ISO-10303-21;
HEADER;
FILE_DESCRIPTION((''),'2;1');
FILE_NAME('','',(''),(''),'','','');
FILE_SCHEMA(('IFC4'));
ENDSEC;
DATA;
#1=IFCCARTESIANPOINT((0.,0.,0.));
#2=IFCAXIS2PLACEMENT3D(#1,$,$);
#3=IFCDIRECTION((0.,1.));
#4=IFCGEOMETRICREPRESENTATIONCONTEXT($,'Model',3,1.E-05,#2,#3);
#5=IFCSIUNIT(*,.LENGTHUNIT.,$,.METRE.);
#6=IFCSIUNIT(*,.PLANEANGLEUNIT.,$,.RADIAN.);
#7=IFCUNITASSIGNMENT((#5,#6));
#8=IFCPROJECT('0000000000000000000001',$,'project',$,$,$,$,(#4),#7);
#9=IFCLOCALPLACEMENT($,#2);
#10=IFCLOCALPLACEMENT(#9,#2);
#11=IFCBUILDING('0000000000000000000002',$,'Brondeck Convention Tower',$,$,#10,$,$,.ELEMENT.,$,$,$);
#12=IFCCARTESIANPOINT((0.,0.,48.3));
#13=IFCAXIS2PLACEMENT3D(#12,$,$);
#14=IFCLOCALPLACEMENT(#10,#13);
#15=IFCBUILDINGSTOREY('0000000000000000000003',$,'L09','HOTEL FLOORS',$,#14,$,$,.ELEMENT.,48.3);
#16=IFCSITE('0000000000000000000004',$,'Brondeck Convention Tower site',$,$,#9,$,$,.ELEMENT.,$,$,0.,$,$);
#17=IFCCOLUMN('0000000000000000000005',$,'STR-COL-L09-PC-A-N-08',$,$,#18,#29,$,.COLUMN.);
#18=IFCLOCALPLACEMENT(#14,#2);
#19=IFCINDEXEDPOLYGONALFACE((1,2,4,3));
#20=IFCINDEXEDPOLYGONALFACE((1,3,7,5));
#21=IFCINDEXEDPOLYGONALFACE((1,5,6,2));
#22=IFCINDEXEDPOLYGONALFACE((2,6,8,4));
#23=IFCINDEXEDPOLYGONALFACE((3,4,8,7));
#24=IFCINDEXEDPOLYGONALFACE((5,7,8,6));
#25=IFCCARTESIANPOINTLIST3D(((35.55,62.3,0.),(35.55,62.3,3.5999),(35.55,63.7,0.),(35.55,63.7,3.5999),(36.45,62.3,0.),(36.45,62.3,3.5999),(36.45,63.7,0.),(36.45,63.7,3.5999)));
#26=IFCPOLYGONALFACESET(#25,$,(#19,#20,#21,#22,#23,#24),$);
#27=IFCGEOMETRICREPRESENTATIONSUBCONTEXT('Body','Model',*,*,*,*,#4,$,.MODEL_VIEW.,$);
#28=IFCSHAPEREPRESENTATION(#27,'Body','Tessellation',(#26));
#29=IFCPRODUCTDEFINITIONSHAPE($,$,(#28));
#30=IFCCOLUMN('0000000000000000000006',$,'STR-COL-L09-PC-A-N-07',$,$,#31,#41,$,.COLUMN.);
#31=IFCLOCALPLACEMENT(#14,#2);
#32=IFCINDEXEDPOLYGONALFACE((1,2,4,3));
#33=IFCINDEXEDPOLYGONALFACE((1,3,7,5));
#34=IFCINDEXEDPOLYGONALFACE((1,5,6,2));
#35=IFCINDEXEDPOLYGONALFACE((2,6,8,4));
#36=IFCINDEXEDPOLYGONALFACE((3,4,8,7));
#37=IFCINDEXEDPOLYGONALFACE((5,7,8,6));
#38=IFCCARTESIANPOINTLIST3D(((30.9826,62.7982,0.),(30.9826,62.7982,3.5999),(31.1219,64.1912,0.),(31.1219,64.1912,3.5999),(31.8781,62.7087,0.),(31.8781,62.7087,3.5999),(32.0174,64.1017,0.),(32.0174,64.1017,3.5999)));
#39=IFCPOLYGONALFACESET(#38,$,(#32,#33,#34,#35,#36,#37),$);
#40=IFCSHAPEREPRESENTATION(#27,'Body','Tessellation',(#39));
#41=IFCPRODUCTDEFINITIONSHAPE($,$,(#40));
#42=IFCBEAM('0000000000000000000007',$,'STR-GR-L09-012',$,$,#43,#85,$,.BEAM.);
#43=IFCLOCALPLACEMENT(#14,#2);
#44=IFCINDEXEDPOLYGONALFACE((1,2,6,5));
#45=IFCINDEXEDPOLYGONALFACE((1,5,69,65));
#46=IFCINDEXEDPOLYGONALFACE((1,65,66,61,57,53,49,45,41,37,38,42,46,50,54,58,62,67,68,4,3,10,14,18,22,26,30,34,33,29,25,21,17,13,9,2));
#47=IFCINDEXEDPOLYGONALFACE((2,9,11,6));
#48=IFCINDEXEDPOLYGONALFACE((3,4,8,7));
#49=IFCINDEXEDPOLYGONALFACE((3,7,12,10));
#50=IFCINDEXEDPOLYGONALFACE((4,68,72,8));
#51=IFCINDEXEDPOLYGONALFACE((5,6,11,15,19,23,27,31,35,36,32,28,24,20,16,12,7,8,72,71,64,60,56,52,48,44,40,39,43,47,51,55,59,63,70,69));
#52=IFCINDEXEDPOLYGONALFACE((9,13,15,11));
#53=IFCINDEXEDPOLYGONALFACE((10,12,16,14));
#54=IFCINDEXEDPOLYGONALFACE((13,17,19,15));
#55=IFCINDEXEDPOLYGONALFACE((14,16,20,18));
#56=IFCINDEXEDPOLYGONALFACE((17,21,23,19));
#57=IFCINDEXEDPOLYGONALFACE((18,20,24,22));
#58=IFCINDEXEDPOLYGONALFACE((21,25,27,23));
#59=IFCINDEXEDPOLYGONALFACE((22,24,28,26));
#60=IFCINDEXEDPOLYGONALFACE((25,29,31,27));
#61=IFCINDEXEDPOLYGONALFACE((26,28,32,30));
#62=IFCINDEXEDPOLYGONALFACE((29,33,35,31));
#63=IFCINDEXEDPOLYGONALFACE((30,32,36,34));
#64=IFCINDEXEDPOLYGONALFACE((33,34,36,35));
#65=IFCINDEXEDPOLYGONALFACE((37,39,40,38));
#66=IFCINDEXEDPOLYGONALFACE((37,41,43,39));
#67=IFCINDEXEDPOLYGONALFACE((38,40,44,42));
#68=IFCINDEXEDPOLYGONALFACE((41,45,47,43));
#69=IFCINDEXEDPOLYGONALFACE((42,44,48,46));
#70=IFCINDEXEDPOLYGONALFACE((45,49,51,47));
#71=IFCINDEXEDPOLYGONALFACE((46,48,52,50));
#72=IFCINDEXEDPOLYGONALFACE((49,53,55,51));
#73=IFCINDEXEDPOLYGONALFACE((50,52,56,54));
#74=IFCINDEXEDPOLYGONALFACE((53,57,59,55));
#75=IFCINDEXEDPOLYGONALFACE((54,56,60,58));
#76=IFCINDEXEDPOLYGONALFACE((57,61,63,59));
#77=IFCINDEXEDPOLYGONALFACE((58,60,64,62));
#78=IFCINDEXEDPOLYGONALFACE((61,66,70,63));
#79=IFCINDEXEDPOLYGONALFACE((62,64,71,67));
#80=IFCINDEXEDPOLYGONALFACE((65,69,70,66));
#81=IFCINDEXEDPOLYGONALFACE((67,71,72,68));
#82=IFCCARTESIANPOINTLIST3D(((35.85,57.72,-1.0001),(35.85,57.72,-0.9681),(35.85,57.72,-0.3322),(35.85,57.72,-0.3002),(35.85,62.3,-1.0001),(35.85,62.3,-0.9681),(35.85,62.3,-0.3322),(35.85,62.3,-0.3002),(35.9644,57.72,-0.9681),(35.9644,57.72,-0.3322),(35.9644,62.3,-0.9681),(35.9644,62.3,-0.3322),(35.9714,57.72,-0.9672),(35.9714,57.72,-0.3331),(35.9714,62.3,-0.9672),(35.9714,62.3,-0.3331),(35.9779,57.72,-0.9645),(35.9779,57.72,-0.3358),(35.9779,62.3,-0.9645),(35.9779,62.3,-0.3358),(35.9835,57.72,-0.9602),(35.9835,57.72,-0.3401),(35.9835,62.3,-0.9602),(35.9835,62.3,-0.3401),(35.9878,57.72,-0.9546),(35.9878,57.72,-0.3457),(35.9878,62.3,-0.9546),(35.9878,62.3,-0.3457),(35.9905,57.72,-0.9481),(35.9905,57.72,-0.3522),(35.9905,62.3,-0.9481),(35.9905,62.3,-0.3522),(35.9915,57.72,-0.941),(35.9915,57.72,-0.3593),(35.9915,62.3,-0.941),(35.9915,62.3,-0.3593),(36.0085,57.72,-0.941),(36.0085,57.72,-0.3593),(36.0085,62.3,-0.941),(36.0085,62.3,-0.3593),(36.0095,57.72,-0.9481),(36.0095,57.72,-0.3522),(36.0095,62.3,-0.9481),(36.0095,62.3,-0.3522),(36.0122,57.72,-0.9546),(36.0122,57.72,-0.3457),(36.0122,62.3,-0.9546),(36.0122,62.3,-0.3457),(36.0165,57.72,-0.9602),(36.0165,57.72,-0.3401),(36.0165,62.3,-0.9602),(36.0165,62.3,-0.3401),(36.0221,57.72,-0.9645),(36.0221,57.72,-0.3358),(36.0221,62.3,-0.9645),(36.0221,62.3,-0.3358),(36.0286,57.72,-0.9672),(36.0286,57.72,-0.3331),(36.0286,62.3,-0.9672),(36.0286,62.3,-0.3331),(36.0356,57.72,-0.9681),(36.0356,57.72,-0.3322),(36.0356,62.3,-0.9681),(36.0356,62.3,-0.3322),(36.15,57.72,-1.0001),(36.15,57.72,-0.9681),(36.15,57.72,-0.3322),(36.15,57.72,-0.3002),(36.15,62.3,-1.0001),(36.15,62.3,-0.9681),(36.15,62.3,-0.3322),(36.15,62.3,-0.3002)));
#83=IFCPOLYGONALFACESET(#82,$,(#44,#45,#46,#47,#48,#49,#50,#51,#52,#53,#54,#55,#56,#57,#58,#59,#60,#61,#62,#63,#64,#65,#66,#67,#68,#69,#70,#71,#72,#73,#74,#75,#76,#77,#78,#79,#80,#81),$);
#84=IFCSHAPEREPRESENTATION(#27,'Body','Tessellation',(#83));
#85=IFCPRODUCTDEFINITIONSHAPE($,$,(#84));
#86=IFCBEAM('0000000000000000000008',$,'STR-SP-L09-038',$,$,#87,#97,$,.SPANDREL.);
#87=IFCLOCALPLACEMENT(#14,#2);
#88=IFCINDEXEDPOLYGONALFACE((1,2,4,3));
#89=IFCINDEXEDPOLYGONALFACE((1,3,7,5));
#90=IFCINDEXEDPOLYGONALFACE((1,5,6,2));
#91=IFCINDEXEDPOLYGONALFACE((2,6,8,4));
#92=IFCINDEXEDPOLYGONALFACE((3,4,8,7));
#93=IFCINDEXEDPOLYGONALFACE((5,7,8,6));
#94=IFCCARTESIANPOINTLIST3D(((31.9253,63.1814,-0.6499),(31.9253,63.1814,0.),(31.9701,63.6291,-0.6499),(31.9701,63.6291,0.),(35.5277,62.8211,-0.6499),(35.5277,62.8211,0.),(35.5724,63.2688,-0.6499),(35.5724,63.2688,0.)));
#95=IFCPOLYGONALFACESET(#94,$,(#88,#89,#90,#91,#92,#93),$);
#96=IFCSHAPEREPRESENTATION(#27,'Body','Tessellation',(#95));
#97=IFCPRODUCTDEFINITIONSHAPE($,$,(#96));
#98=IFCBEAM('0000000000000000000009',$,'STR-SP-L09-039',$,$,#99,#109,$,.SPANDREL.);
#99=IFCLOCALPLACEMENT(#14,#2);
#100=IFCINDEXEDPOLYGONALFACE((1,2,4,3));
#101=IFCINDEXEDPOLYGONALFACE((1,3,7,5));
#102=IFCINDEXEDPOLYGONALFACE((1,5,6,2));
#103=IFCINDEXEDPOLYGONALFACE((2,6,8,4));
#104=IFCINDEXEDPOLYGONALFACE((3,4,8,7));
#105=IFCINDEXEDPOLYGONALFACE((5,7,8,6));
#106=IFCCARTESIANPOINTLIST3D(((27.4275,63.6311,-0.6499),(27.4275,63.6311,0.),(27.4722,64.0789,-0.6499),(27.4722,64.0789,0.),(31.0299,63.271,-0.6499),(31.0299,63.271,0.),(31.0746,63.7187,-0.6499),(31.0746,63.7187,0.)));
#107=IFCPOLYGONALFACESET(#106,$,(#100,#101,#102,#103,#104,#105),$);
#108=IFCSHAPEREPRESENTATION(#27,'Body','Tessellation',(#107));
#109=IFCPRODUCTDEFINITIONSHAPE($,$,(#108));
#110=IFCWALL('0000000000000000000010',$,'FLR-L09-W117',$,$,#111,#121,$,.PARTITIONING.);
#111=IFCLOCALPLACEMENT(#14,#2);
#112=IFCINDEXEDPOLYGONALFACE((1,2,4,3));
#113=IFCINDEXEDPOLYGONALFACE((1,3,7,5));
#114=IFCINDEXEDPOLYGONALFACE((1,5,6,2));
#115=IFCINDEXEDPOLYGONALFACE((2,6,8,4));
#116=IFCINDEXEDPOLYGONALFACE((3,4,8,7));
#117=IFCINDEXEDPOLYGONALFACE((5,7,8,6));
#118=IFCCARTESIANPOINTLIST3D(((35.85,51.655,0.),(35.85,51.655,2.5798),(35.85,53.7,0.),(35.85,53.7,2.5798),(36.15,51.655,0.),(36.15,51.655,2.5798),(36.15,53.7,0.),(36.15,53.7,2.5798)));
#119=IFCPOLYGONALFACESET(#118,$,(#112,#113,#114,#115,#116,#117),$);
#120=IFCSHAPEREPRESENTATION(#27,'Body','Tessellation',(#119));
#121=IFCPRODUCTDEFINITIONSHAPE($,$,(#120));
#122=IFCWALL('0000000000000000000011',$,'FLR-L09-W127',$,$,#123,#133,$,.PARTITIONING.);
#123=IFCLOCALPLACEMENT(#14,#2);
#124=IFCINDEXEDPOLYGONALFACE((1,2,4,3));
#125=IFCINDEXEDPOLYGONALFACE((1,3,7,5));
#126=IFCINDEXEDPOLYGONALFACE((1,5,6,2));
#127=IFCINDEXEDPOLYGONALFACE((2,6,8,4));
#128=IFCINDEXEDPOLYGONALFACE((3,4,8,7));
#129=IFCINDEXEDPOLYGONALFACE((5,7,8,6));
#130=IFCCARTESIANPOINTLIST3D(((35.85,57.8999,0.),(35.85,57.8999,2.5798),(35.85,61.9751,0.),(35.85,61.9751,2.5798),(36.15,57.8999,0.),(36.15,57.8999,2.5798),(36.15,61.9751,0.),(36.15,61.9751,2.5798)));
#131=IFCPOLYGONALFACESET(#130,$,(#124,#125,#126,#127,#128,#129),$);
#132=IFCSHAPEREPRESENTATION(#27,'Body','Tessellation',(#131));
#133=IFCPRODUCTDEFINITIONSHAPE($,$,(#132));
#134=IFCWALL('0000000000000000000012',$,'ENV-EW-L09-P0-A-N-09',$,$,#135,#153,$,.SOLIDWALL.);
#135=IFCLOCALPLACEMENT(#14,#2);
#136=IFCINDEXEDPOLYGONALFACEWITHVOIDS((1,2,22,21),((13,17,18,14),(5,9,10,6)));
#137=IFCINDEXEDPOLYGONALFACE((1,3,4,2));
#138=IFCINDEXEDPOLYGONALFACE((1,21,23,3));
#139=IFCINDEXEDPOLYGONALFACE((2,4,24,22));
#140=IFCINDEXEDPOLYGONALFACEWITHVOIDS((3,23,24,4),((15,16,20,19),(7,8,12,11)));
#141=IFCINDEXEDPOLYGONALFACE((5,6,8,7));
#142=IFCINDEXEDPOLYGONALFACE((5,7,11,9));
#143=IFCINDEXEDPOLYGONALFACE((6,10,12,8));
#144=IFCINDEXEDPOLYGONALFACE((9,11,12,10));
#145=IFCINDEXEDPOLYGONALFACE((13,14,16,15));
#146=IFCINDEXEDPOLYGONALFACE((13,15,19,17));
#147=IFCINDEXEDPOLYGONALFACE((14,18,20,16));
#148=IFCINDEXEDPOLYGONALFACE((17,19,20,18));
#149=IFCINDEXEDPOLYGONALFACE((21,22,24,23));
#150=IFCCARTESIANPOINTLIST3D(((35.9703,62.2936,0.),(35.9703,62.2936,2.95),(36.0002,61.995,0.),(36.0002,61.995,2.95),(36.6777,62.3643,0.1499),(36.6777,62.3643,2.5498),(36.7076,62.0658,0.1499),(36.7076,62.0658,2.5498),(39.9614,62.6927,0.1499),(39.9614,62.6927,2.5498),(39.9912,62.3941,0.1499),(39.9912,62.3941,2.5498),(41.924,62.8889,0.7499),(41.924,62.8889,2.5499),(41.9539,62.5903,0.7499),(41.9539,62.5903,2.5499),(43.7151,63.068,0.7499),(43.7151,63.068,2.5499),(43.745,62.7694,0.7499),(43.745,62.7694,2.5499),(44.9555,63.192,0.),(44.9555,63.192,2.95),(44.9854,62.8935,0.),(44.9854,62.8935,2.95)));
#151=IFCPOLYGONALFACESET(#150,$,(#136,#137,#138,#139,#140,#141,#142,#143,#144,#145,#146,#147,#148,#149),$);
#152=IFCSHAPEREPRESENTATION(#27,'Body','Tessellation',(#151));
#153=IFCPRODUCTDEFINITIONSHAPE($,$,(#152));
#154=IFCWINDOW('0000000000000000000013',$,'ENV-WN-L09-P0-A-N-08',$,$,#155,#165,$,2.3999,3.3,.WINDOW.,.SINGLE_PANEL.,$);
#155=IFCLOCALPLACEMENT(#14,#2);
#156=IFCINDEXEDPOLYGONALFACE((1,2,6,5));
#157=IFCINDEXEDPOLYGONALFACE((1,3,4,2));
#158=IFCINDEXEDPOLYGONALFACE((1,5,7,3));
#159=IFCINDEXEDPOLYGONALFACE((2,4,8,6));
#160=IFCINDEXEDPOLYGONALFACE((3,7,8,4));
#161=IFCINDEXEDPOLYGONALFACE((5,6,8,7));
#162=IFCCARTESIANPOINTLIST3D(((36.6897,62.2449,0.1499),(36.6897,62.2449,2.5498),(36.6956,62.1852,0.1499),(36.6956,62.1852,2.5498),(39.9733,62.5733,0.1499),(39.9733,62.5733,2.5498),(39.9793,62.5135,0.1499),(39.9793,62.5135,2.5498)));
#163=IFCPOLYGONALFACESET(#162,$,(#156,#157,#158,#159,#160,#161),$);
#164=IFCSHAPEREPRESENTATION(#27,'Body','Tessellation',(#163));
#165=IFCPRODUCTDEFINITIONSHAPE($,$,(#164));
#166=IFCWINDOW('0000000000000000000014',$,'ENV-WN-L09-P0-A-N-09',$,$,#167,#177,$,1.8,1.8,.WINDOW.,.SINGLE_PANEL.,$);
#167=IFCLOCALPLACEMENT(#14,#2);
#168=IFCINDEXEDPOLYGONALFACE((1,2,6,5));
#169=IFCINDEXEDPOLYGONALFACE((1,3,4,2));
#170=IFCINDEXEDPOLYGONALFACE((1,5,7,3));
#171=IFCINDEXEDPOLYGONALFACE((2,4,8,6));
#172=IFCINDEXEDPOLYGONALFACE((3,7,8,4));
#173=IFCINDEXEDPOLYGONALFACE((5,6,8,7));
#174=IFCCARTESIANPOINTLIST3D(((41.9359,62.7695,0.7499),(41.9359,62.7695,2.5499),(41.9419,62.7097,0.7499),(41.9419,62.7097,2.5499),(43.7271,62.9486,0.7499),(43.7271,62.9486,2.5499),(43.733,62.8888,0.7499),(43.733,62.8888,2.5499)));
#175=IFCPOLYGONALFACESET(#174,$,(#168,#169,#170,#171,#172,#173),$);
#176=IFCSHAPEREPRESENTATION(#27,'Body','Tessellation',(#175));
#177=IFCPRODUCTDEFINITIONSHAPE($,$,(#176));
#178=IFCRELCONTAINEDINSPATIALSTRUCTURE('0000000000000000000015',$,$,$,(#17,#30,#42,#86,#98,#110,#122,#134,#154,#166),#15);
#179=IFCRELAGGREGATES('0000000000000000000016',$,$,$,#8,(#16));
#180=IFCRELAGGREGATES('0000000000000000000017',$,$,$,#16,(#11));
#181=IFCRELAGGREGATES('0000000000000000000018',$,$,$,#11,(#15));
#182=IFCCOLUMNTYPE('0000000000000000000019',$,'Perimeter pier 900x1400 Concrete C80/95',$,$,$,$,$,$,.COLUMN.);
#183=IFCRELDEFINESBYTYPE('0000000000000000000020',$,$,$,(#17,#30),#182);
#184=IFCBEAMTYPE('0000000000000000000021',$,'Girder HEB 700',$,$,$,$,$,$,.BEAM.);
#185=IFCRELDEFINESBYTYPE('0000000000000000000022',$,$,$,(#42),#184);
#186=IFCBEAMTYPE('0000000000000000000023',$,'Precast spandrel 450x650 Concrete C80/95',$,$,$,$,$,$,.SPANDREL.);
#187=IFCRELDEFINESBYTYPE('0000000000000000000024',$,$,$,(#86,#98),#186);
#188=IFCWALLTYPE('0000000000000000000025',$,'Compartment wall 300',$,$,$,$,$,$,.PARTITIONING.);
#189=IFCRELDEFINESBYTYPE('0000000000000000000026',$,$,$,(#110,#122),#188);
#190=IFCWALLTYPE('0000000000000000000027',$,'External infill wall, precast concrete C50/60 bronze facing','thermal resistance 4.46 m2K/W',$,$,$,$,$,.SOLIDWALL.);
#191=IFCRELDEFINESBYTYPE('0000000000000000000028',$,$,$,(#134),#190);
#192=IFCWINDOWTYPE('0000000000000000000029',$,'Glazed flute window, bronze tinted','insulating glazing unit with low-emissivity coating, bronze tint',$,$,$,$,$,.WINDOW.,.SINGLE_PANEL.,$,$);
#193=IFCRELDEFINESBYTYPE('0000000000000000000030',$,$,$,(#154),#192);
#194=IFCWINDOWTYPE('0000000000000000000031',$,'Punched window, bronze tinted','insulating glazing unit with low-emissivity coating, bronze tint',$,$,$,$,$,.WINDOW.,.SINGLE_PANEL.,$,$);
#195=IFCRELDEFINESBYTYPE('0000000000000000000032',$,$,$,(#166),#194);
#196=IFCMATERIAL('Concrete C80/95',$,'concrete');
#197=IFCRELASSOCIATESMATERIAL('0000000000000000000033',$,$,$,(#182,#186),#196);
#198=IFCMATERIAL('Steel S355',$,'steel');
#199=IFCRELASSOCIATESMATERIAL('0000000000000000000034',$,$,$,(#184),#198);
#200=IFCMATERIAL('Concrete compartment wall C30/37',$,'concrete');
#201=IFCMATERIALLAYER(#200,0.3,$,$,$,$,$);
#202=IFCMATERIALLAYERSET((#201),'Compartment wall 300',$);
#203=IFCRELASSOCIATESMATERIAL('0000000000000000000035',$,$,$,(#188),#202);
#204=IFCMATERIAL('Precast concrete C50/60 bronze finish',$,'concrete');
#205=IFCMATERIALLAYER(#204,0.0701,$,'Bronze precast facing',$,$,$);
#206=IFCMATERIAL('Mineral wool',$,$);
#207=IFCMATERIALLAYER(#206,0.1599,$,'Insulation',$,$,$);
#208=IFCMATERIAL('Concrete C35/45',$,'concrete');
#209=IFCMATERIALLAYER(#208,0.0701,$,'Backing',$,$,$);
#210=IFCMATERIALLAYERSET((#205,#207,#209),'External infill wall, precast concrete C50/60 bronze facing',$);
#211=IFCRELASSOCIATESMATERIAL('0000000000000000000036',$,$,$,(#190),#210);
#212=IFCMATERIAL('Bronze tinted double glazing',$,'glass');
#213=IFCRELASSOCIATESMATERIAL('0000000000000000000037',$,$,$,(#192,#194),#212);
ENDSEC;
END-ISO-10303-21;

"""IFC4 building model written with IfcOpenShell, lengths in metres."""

from ifc_helpers import new_model, si_unit, direction, frame, frame_2d, origin, origin_2d, place, context, subcontext, project, spatial, rectangle, i_section, extrude, material, layer, layer_set, material_profile, profile_set, type_object, element, fill, save


model = new_model("IFC4")

# Units and contexts
model_context = context("Model", 3, precision=1e-05, world=origin(), true_north=direction((0.0, 1.0)))
body_context = subcontext(model_context, "Body", "Model", "MODEL_VIEW")
ifc_project = project(units=[si_unit("LENGTHUNIT", "METRE"), si_unit("PLANEANGLEUNIT", "RADIAN")], contexts=[model_context])

# Site, building, storey
site_placement = place(None, origin())
site = spatial("IfcSite", under=ifc_project, at=site_placement, Name="Brondeck Convention Tower site", CompositionType="ELEMENT", RefElevation=0.0)
building_placement = place(site_placement, origin())
building = spatial("IfcBuilding", under=site, at=building_placement, Name="Brondeck Convention Tower", CompositionType="ELEMENT")
storey_placement = place(building_placement, frame((0.0, 0.0, 48.3)))
storey = spatial("IfcBuildingStorey", under=building, at=storey_placement, Name="L09", Description="HOTEL FLOORS", CompositionType="ELEMENT", Elevation=48.3)

# Columns
ifc_material_1 = material(Name="Concrete C80/95", Category="concrete")
ifc_material_profile_1 = material_profile(ifc_material_1, rectangle(XDim=0.8999, YDim=1.3999, at=origin_2d()), Name="Perimeter pier 900x1400 Concrete C80/95")
ifc_profile_set_1 = profile_set([ifc_material_profile_1], Name="Concrete C80/95")
column_type = type_object("IfcColumnType", Name="Perimeter pier 900x1400 Concrete C80/95", PredefinedType="COLUMN", material=ifc_profile_set_1)
for number, where, z_axis, x_axis, name in (
    (1, (36.0, 63.0, 0.0), (0.0, 0.0, 1.0), (-1.0, 0.0, 0.0), "STR-COL-L09-PC-A-N-08"),
    (2, (31.5, 63.45, 0.0), (0.0, 0.0, 1.0), (-0.995037, 0.099504, 0.0), "STR-COL-L09-PC-A-N-07"),
):
    element("IfcColumn", number, at=place(storey_placement, frame(where, z_axis=z_axis, x_axis=x_axis)), inside=storey, type_object=column_type, Name=name, PredefinedType="COLUMN", context=body_context, shape_type="SweptSolid", body=[
        extrude(rectangle(XDim=0.8999, YDim=1.3999, at=origin_2d()), origin(), (0.0, 0.0, 1.0), 3.5999),
    ])

# Beams
ifc_material_2 = material(Name="Steel S355", Category="steel")
ifc_material_profile_2 = material_profile(ifc_material_2, i_section(OverallWidth=0.3, OverallDepth=0.7, WebThickness=0.0171, FlangeThickness=0.032, FilletRadius=0.0271, at=origin_2d()), Name="HEB 700")
ifc_profile_set_2 = profile_set([ifc_material_profile_2], Name="Steel S355")
beam_type_1 = type_object("IfcBeamType", Name="Girder HEB 700", PredefinedType="BEAM", material=ifc_profile_set_2)
beam_placement = place(storey_placement, frame((36.0, 57.72, -0.6501), z_axis=(0.0, 1.0, 0.0), x_axis=(-1.0, 0.0, 0.0)))
element("IfcBeam", 3, at=beam_placement, inside=storey, type_object=beam_type_1, Name="STR-GR-L09-012", PredefinedType="BEAM", context=body_context, shape_type="SweptSolid", body=[
    extrude(i_section(OverallWidth=0.3, OverallDepth=0.7, WebThickness=0.0171, FlangeThickness=0.032, FilletRadius=0.0271, at=origin_2d()), origin(), (0.0, 0.0, 1.0), 4.5801),
])
ifc_material_profile_3 = material_profile(ifc_material_1, rectangle(XDim=0.45, YDim=0.6499, at=origin_2d()), Name="Precast spandrel 450x650 Concrete C80/95")
ifc_profile_set_3 = profile_set([ifc_material_profile_3], Name="Concrete C80/95")
beam_type_2 = type_object("IfcBeamType", Name="Precast spandrel 450x650 Concrete C80/95", PredefinedType="SPANDREL", material=ifc_profile_set_3)
for number, where, z_axis, x_axis, name in (
    (4, (35.55, 63.0449, -0.325), (-0.995034, 0.099537, 0.0), (-0.099537, -0.995034, 0.0), "STR-SP-L09-038"),
    (5, (31.0522, 63.4949, -0.325), (-0.995041, 0.09947, 0.0), (-0.09947, -0.995041, 0.0), "STR-SP-L09-039"),
):
    element("IfcBeam", number, at=place(storey_placement, frame(where, z_axis=z_axis, x_axis=x_axis)), inside=storey, type_object=beam_type_2, Name=name, PredefinedType="SPANDREL", context=body_context, shape_type="SweptSolid", body=[
        extrude(rectangle(XDim=0.45, YDim=0.6499, at=origin_2d()), origin(), (0.0, 0.0, 1.0), 3.6204),
    ])

# Walls
ifc_material_3 = material(Name="Concrete compartment wall C30/37", Category="concrete")
ifc_layer_1 = layer(ifc_material_3, 0.3)
ifc_layer_set_1 = layer_set([ifc_layer_1], Name="Compartment wall 300")
wall_type_1 = type_object("IfcWallType", Name="Compartment wall 300", PredefinedType="PARTITIONING", material=ifc_layer_set_1)
wall_1_placement = place(storey_placement, frame((36.0, 53.7, 0.0), z_axis=(0.0, 0.0, 1.0), x_axis=(0.0, -1.0, 0.0)))
element("IfcWall", 6, at=wall_1_placement, inside=storey, type_object=wall_type_1, Name="FLR-L09-W117", PredefinedType="PARTITIONING", context=body_context, shape_type="SweptSolid", body=[
    extrude(rectangle(XDim=2.0449, YDim=0.3, at=frame_2d((1.0225, 0.0))), origin(), (0.0, 0.0, 1.0), 2.5798),
])
wall_2_placement = place(storey_placement, frame((36.0, 61.9751, 0.0), z_axis=(0.0, 0.0, 1.0), x_axis=(0.0, -1.0, 0.0)))
element("IfcWall", 7, at=wall_2_placement, inside=storey, type_object=wall_type_1, Name="FLR-L09-W127", PredefinedType="PARTITIONING", context=body_context, shape_type="SweptSolid", body=[
    extrude(rectangle(XDim=4.0752, YDim=0.3, at=frame_2d((2.0376, 0.0))), origin(), (0.0, 0.0, 1.0), 2.5798),
])

# Wall, openings, windows
ifc_material_4 = material(Name="Precast concrete C50/60 bronze finish", Category="concrete")
ifc_layer_2 = layer(ifc_material_4, 0.0701, Name="Bronze precast facing")
ifc_material_5 = material(Name="Mineral wool")
ifc_layer_3 = layer(ifc_material_5, 0.1599, Name="Insulation")
ifc_material_6 = material(Name="Concrete C35/45", Category="concrete")
ifc_layer_4 = layer(ifc_material_6, 0.0701, Name="Backing")
ifc_layer_set_2 = layer_set([ifc_layer_2, ifc_layer_3, ifc_layer_4], Name="External infill wall, precast concrete C50/60 bronze facing")
wall_type_2 = type_object("IfcWallType", Name="External infill wall, precast concrete C50/60 bronze facing", Description="thermal resistance 4.46 m2K/W", PredefinedType="SOLIDWALL", material=ifc_layer_set_2)
wall_3_placement = place(storey_placement, frame((35.9851, 62.1443, 0.0), z_axis=(0.0, 0.0, 1.0), x_axis=(0.995038, 0.099496, 0.0)))
wall_3 = element("IfcWall", 8, at=wall_3_placement, inside=storey, type_object=wall_type_2, Name="ENV-EW-L09-P0-A-N-09", PredefinedType="SOLIDWALL", context=body_context, shape_type="SweptSolid", body=[
    extrude(rectangle(XDim=9.03, YDim=0.3, at=frame_2d((4.5151, 0.0))), origin(), (0.0, 0.0, 1.0), 2.95),
])
opening_1_placement = place(wall_3_placement, frame((0.7112, 0.0, 0.1499)))
opening_1 = element("IfcOpeningElement", 9, at=opening_1_placement, cuts=wall_3, PredefinedType="OPENING", context=body_context, shape_type="SweptSolid", body=[
    extrude(rectangle(XDim=3.3, YDim=2.3999, at=frame_2d((1.6499, 1.2))), frame((0.0, 0.1599, 0.0), z_axis=(0.0, -1.0, 0.0), x_axis=(1.0, 0.0, 0.0)), (0.0, 0.0, 1.0), 0.3201),
])
opening_2_placement = place(wall_3_placement, frame((5.9836, 0.0, 0.75)))
opening_2 = element("IfcOpeningElement", 10, at=opening_2_placement, cuts=wall_3, PredefinedType="OPENING", context=body_context, shape_type="SweptSolid", body=[
    extrude(rectangle(XDim=1.8, YDim=1.8, at=frame_2d((0.8999, 0.8999))), frame((0.0, 0.1599, 0.0), z_axis=(0.0, -1.0, 0.0), x_axis=(1.0, 0.0, 0.0)), (0.0, 0.0, 1.0), 0.3201),
])
ifc_material_7 = material(Name="Bronze tinted double glazing", Category="glass")
window_type_1 = type_object("IfcWindowType", Name="Glazed flute window, bronze tinted", Description="insulating glazing unit with low-emissivity coating, bronze tint", PartitioningType="SINGLE_PANEL", PredefinedType="WINDOW", material=ifc_material_7)
window_1_placement = place(opening_1_placement, origin())
window_1 = element("IfcWindow", 11, at=window_1_placement, inside=storey, type_object=window_type_1, Name="ENV-WN-L09-P0-A-N-08", OverallHeight=2.3999, OverallWidth=3.3, PartitioningType="SINGLE_PANEL", PredefinedType="WINDOW", context=body_context, shape_type="SweptSolid", body=[
    extrude(rectangle(XDim=3.3, YDim=2.3999, at=frame_2d((1.6499, 1.2))), frame((0.0, 0.03, 0.0), z_axis=(0.0, -1.0, 0.0), x_axis=(1.0, 0.0, 0.0)), (0.0, 0.0, 1.0), 0.0601),
])
fill(opening_1, window_1)
window_type_2 = type_object("IfcWindowType", Name="Punched window, bronze tinted", Description="insulating glazing unit with low-emissivity coating, bronze tint", PartitioningType="SINGLE_PANEL", PredefinedType="WINDOW", material=ifc_material_7)
window_2_placement = place(opening_2_placement, origin())
window_2 = element("IfcWindow", 12, at=window_2_placement, inside=storey, type_object=window_type_2, Name="ENV-WN-L09-P0-A-N-09", OverallHeight=1.8, OverallWidth=1.8, PartitioningType="SINGLE_PANEL", PredefinedType="WINDOW", context=body_context, shape_type="SweptSolid", body=[
    extrude(rectangle(XDim=1.8, YDim=1.8, at=frame_2d((0.8999, 0.8999))), frame((0.0, 0.03, 0.0), z_axis=(0.0, -1.0, 0.0), x_axis=(1.0, 0.0, 0.0)), (0.0, 0.0, 1.0), 0.0601),
])
fill(opening_2, window_2)

save(model, "model.ifc")
